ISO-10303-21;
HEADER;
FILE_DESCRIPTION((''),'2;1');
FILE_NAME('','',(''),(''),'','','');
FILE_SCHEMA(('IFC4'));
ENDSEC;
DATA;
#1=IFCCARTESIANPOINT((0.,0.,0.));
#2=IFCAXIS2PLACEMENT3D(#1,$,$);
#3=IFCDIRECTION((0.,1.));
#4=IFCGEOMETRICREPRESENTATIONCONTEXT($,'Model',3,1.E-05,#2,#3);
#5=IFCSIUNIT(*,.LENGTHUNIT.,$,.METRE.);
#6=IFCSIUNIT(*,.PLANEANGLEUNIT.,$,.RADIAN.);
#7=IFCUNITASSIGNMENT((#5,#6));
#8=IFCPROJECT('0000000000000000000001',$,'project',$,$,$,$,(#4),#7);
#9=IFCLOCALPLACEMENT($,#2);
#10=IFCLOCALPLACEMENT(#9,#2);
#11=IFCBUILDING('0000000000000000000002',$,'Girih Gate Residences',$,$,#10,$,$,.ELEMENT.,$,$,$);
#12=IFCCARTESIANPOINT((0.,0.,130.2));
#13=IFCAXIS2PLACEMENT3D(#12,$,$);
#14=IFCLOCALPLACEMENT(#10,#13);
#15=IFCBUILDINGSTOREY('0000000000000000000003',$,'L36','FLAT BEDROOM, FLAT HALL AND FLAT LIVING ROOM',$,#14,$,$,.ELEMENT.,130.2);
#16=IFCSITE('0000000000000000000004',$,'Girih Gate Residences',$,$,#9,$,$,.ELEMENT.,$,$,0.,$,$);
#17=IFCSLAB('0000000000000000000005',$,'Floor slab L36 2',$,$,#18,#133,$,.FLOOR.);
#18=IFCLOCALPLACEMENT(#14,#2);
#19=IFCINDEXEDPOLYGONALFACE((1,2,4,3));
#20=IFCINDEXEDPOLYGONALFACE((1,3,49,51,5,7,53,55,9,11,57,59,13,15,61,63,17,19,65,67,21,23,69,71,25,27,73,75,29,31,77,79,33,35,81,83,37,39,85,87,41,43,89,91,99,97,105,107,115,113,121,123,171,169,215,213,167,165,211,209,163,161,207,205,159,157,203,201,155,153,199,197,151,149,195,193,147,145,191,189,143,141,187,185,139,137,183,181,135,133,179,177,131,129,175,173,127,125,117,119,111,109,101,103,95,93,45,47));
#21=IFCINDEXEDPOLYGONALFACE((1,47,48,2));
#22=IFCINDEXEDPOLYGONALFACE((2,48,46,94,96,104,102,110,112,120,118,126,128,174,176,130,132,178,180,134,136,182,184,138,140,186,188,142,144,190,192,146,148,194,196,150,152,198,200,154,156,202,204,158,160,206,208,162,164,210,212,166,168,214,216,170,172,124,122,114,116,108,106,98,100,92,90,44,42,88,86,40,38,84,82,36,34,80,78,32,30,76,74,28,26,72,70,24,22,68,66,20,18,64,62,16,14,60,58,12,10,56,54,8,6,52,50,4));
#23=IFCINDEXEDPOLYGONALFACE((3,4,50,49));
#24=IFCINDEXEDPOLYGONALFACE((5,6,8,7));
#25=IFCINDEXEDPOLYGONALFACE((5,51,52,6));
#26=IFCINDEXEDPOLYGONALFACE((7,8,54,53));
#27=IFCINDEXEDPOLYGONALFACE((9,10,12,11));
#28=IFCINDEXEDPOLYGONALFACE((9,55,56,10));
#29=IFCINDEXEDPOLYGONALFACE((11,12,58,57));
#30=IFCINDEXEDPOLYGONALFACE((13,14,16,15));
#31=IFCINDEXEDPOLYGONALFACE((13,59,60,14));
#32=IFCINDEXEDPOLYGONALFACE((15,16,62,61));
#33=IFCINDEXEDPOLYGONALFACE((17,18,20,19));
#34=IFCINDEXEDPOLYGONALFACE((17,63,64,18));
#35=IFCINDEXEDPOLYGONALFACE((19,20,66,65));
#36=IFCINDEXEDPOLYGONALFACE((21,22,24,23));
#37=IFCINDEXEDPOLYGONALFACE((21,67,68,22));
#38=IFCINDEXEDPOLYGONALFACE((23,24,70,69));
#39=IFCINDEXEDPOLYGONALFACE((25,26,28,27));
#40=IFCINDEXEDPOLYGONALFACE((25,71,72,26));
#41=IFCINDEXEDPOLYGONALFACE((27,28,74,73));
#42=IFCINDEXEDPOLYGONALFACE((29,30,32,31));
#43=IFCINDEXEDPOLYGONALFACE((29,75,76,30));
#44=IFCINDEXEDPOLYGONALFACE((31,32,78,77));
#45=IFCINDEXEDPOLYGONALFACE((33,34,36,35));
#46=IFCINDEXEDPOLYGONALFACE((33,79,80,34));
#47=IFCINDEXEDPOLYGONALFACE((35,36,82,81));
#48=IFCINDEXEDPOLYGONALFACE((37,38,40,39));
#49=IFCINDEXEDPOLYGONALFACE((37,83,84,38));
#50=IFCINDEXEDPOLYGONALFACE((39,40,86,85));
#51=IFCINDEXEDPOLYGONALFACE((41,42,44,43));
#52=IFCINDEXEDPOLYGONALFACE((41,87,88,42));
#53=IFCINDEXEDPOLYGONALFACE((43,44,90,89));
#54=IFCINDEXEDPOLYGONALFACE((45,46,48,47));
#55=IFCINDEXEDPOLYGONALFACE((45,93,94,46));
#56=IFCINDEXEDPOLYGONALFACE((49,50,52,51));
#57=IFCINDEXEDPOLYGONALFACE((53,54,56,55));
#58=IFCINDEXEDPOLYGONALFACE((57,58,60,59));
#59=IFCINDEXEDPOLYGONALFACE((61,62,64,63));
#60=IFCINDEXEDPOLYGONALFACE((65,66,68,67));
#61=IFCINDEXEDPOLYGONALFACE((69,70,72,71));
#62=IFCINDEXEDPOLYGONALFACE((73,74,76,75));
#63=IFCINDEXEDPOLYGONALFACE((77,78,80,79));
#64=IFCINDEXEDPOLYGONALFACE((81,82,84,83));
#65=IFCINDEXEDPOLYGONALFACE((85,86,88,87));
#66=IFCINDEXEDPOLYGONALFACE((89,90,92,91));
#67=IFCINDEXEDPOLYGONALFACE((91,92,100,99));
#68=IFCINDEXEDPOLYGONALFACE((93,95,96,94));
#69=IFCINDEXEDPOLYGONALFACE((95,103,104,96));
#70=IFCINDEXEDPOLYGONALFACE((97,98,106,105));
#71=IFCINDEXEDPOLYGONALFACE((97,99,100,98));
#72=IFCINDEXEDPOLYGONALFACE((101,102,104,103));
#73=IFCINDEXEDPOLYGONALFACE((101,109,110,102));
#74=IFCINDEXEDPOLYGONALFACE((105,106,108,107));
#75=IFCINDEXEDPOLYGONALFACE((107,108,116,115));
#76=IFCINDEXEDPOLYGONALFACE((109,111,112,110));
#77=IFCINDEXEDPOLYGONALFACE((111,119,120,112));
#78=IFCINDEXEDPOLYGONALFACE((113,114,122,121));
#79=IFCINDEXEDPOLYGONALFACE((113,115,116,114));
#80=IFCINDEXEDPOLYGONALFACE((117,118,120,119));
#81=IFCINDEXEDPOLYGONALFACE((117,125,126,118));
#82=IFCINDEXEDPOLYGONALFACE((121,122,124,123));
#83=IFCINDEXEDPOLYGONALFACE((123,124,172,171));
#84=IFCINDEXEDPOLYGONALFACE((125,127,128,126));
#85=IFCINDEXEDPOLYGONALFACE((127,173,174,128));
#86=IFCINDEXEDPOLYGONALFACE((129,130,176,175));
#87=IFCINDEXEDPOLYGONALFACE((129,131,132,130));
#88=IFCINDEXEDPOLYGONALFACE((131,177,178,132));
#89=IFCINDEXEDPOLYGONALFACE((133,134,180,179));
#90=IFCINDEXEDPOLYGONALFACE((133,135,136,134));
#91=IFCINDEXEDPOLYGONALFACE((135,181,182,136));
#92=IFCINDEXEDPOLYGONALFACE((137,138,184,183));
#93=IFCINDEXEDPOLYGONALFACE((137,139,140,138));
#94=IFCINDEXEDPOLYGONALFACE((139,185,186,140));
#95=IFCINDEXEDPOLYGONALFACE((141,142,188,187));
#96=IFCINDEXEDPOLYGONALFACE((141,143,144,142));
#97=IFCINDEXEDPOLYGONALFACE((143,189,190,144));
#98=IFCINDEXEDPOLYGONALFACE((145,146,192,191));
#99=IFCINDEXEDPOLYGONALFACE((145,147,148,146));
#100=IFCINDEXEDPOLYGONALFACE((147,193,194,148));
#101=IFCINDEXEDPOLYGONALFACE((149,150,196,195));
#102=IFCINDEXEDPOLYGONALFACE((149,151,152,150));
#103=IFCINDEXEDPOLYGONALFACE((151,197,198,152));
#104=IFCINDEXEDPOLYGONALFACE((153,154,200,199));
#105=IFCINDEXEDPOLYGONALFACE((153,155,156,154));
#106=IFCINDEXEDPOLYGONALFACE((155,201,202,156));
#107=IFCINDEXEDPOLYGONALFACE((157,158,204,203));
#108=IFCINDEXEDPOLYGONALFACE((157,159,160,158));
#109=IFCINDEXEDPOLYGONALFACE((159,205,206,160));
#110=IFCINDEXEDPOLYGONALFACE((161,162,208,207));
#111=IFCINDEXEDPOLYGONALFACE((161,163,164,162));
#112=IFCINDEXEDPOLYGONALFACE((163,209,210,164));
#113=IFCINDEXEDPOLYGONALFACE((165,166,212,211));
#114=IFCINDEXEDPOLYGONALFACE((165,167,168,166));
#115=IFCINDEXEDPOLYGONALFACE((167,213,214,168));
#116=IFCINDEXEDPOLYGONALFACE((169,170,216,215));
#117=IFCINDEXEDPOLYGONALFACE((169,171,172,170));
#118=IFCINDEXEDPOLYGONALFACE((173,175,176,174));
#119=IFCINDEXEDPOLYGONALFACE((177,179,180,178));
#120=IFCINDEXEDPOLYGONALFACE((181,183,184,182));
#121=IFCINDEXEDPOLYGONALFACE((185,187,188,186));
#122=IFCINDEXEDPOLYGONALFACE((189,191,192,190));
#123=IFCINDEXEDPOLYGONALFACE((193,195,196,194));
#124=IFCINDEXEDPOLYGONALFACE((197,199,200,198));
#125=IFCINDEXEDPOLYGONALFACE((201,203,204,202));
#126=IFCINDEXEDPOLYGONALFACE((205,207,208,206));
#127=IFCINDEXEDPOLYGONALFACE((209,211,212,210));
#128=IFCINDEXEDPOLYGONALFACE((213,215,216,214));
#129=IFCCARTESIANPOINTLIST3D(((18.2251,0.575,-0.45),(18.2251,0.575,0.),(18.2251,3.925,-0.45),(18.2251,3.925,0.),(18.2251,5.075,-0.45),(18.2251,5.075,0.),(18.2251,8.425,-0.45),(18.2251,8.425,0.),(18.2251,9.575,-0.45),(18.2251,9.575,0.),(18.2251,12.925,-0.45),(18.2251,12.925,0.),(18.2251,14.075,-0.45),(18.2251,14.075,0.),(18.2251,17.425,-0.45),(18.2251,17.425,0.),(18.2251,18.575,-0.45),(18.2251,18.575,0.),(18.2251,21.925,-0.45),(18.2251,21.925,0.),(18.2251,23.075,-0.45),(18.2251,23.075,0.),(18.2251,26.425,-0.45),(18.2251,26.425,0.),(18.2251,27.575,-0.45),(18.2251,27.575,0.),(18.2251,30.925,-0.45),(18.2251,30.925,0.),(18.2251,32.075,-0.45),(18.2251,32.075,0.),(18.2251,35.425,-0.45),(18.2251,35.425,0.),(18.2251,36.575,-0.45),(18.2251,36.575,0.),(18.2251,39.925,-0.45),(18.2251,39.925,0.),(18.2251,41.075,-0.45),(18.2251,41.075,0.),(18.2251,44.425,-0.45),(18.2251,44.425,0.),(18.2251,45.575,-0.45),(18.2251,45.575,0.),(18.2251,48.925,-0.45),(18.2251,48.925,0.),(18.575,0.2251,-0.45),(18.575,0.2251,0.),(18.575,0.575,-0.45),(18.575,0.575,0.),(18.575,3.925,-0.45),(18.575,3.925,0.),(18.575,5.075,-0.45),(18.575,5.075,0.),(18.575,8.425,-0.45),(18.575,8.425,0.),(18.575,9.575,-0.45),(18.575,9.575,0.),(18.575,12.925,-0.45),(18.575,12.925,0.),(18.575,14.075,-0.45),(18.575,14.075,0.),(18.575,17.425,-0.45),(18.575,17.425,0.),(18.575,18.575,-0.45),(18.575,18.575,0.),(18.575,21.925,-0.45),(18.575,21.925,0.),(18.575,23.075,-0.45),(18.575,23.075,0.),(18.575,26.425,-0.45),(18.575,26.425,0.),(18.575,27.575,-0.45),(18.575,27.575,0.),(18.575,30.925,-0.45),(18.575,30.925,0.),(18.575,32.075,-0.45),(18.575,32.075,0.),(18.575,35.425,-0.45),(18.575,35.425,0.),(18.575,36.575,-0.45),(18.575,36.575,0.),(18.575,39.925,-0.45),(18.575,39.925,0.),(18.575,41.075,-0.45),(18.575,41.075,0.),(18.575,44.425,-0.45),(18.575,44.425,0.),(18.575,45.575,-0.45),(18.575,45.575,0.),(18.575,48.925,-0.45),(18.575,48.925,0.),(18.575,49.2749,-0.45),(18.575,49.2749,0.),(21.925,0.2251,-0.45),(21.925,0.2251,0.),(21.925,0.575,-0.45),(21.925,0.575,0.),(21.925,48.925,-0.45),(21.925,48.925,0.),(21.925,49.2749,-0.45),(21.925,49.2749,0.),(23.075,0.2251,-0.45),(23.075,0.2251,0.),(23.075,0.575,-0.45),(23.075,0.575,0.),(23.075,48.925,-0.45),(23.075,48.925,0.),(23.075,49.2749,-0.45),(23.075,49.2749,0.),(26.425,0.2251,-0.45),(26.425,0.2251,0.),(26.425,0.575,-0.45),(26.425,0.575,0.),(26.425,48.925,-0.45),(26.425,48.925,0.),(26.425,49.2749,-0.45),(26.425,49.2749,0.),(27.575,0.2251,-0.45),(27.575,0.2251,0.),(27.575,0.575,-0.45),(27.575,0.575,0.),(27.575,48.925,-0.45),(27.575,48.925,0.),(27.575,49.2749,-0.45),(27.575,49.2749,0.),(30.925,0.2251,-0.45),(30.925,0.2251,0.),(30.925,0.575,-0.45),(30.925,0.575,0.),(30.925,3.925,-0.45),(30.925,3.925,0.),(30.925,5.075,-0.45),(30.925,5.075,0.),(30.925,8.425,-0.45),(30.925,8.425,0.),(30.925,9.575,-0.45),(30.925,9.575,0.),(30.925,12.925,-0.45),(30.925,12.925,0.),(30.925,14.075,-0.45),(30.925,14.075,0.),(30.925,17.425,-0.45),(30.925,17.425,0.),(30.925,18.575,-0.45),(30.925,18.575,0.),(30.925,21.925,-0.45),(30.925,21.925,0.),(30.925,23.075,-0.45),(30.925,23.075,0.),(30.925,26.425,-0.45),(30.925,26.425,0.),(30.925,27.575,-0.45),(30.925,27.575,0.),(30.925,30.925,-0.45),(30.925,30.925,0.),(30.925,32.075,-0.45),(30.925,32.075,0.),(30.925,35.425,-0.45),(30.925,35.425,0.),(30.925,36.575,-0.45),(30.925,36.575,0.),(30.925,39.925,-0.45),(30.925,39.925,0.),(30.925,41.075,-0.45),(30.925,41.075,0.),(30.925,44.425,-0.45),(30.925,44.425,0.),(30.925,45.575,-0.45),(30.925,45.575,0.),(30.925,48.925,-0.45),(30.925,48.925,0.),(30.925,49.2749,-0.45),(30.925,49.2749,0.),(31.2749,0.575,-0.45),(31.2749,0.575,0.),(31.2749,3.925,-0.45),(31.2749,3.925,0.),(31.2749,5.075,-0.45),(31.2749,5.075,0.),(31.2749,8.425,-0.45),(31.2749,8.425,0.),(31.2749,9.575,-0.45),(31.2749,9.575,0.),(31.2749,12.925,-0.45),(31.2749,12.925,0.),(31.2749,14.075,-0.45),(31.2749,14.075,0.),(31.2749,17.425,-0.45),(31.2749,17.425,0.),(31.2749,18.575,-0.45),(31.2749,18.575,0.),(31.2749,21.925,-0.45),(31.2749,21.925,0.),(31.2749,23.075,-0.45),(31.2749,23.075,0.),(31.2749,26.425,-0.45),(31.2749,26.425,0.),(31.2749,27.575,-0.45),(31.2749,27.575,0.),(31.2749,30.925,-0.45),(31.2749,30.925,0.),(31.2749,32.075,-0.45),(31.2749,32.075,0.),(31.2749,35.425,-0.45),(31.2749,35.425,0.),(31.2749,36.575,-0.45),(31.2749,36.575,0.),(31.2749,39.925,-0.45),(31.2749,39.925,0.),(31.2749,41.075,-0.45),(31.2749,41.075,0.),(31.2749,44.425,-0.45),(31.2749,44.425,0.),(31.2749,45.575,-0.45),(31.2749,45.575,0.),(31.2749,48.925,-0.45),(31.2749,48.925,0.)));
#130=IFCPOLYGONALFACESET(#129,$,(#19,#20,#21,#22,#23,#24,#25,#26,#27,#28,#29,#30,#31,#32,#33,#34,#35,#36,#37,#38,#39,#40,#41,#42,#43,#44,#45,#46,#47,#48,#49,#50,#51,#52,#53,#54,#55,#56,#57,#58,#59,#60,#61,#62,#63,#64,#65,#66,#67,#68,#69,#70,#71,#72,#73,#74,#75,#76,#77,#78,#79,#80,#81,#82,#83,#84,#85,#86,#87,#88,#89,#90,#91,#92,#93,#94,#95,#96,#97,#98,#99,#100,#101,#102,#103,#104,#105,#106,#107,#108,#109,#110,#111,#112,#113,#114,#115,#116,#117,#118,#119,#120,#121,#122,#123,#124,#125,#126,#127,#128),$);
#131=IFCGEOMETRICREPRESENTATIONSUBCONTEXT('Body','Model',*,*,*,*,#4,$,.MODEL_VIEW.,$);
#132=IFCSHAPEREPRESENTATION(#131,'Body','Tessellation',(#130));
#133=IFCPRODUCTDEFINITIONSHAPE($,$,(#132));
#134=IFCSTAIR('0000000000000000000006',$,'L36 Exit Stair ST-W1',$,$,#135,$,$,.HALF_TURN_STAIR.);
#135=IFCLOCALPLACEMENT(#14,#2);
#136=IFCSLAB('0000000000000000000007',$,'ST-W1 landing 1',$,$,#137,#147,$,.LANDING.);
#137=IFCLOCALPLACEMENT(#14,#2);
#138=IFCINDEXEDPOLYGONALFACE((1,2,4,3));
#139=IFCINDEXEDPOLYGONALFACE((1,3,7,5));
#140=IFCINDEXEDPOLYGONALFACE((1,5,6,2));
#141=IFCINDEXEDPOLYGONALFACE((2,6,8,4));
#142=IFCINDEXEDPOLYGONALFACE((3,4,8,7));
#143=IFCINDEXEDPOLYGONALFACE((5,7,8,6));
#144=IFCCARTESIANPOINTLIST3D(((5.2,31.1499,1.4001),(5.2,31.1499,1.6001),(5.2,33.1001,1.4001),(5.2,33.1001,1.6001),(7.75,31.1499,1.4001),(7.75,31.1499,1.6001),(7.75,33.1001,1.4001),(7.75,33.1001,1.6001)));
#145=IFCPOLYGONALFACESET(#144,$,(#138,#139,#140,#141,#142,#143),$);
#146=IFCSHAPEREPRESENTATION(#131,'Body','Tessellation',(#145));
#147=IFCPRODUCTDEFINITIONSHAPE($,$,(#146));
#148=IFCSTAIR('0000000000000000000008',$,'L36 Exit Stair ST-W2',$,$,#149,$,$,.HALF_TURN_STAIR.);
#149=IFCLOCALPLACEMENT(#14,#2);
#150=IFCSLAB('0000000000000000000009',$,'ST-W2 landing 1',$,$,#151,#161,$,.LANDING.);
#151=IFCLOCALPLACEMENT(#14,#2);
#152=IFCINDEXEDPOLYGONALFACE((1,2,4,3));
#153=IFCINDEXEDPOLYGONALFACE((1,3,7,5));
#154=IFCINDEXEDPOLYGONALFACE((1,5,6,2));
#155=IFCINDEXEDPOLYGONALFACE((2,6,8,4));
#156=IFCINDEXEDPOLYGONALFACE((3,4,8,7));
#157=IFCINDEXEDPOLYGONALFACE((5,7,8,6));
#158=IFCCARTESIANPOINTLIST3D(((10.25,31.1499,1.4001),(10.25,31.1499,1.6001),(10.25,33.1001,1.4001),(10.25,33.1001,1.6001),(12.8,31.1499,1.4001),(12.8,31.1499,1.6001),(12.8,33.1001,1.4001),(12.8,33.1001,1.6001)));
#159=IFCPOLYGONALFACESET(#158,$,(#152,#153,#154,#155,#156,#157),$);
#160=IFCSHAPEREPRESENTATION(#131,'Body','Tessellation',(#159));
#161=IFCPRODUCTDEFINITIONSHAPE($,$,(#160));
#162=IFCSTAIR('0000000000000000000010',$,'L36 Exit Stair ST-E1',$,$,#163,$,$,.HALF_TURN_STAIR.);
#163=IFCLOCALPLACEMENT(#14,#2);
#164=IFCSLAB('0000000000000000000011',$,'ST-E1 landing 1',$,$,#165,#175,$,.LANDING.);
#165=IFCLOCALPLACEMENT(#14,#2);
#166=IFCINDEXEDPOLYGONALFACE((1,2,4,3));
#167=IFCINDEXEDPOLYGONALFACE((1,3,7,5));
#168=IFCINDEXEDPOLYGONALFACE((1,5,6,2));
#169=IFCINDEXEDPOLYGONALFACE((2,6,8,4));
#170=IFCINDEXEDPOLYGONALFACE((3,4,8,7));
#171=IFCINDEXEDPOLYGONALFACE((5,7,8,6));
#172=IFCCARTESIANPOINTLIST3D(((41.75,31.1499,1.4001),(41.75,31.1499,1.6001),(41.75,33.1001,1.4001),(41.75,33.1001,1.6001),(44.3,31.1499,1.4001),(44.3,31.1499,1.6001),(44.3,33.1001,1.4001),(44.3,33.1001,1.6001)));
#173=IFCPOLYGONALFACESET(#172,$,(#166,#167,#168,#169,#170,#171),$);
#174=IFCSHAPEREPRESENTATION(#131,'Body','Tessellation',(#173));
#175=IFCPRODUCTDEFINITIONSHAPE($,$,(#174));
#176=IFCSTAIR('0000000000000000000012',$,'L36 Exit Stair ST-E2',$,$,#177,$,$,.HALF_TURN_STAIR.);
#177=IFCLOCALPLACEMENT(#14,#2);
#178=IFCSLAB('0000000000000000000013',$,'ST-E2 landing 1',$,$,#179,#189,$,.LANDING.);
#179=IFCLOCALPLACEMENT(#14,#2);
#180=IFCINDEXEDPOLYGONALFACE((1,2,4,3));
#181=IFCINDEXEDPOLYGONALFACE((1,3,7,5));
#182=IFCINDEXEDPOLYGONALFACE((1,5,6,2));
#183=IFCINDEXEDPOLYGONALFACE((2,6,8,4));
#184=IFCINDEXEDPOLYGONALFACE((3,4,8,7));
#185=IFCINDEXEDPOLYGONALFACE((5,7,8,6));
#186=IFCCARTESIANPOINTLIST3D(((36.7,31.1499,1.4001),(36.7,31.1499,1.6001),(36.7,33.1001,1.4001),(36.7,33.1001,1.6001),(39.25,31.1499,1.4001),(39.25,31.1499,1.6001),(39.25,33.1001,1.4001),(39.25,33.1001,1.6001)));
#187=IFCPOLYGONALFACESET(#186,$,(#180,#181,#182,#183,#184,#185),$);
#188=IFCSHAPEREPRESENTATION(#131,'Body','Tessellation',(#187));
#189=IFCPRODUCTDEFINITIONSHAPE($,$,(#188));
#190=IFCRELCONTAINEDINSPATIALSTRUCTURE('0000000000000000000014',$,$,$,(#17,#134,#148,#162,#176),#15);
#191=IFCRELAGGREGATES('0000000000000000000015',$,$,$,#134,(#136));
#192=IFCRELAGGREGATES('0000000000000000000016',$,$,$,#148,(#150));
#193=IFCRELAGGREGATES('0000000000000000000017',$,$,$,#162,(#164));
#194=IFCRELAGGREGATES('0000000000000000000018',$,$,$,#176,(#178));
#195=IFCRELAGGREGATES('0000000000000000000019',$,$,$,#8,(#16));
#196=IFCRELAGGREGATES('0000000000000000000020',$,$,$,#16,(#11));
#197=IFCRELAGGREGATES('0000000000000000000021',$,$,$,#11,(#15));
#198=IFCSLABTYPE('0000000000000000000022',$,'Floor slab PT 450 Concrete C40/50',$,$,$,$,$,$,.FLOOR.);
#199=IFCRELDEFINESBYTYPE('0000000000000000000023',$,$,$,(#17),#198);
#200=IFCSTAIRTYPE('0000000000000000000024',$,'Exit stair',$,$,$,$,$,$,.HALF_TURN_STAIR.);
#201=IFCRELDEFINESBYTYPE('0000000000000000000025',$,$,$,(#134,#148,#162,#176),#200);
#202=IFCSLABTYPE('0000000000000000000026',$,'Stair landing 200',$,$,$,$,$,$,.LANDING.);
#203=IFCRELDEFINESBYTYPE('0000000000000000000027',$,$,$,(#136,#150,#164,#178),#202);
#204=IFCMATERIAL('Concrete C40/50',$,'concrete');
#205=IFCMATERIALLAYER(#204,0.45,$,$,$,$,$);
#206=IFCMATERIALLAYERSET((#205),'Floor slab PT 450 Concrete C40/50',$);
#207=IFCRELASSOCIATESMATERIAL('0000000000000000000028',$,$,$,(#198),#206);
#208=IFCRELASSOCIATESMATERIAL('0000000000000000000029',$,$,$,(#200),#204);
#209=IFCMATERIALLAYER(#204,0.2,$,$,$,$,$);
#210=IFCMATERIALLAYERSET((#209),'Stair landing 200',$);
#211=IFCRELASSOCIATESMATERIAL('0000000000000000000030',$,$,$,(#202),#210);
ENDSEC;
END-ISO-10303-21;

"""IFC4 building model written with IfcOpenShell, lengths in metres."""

from ifc_helpers import new_model, si_unit, direction, frame, origin, place, context, subcontext, project, spatial, polyline, outline, extrude, material, layer, layer_set, type_object, element, aggregate, save


model = new_model("IFC4")

# Units and contexts
model_context = context("Model", 3, precision=1e-05, world=origin(), true_north=direction((0.0, 1.0)))
body_context = subcontext(model_context, "Body", "Model", "MODEL_VIEW")
ifc_project = project(units=[si_unit("LENGTHUNIT", "METRE"), si_unit("PLANEANGLEUNIT", "RADIAN")], contexts=[model_context])

# Site, building, storey
site_placement = place(None, origin())
site = spatial("IfcSite", under=ifc_project, at=site_placement, Name="Girih Gate Residences", CompositionType="ELEMENT", RefElevation=0.0)
building_placement = place(site_placement, origin())
building = spatial("IfcBuilding", under=site, at=building_placement, Name="Girih Gate Residences", CompositionType="ELEMENT")
storey_placement = place(building_placement, frame((0.0, 0.0, 130.2)))
storey = spatial("IfcBuildingStorey", under=building, at=storey_placement, Name="L36", Description="FLAT BEDROOM, FLAT HALL AND FLAT LIVING ROOM", CompositionType="ELEMENT", Elevation=130.2)

# Slab
ifc_material_1 = material(Name="Concrete C40/50", Category="concrete")
ifc_layer_1 = layer(ifc_material_1, 0.45)
ifc_layer_set_1 = layer_set([ifc_layer_1], Name="Floor slab PT 450 Concrete C40/50")
slab_type_1 = type_object("IfcSlabType", Name="Floor slab PT 450 Concrete C40/50", PredefinedType="FLOOR", material=ifc_layer_set_1)
slab_1_placement = place(storey_placement, frame((0.0, 0.0, -0.45)))
element("IfcSlab", 1, at=slab_1_placement, inside=storey, type_object=slab_type_1, Name="Floor slab L36 2", PredefinedType="FLOOR", context=body_context, shape_type="SweptSolid", body=[
    extrude(outline(polyline([(21.925, 49.2749), (18.575, 49.2749), (18.575, 48.925), (18.2251, 48.925), (18.2251, 45.575), (18.575, 45.575), (18.575, 44.425), (18.2251, 44.425), (18.2251, 41.075), (18.575, 41.075), (18.575, 39.925), (18.2251, 39.925), (18.2251, 36.575), (18.575, 36.575), (18.575, 35.425), (18.2251, 35.425), (18.2251, 32.075), (18.575, 32.075), (18.575, 30.925), (18.2251, 30.925), (18.2251, 27.575), (18.575, 27.575), (18.575, 26.425), (18.2251, 26.425), (18.2251, 23.075), (18.575, 23.075), (18.575, 21.925), (18.2251, 21.925), (18.2251, 18.575), (18.575, 18.575), (18.575, 17.425), (18.2251, 17.425), (18.2251, 14.075), (18.575, 14.075), (18.575, 12.925), (18.2251, 12.925), (18.2251, 9.575), (18.575, 9.575), (18.575, 8.425), (18.2251, 8.425), (18.2251, 5.075), (18.575, 5.075), (18.575, 3.925), (18.2251, 3.925), (18.2251, 0.575), (18.575, 0.575), (18.575, 0.2251), (21.925, 0.2251), (21.925, 0.575), (23.075, 0.575), (23.075, 0.2251), (26.425, 0.2251), (26.425, 0.575), (27.575, 0.575), (27.575, 0.2251), (30.925, 0.2251), (30.925, 0.575), (31.2749, 0.575), (31.2749, 3.925), (30.925, 3.925), (30.925, 5.075), (31.2749, 5.075), (31.2749, 8.425), (30.925, 8.425), (30.925, 9.575), (31.2749, 9.575), (31.2749, 12.925), (30.925, 12.925), (30.925, 14.075), (31.2749, 14.075), (31.2749, 17.425), (30.925, 17.425), (30.925, 18.575), (31.2749, 18.575), (31.2749, 21.925), (30.925, 21.925), (30.925, 23.075), (31.2749, 23.075), (31.2749, 26.425), (30.925, 26.425), (30.925, 27.575), (31.2749, 27.575), (31.2749, 30.925), (30.925, 30.925), (30.925, 32.075), (31.2749, 32.075), (31.2749, 35.425), (30.925, 35.425), (30.925, 36.575), (31.2749, 36.575), (31.2749, 39.925), (30.925, 39.925), (30.925, 41.075), (31.2749, 41.075), (31.2749, 44.425), (30.925, 44.425), (30.925, 45.575), (31.2749, 45.575), (31.2749, 48.925), (30.925, 48.925), (30.925, 49.2749), (27.575, 49.2749), (27.575, 48.925), (26.425, 48.925), (26.425, 49.2749), (23.075, 49.2749), (23.075, 48.925), (21.925, 48.925), (21.925, 49.2749)])), origin(), (0.0, 0.0, 1.0), 0.45),
])

# Stairs, slabs
stair_type = type_object("IfcStairType", Name="Exit stair", PredefinedType="HALF_TURN_STAIR", material=ifc_material_1)
stair_1_placement = place(storey_placement, origin())
stair_1 = element("IfcStair", 2, at=stair_1_placement, inside=storey, type_object=stair_type, Name="L36 Exit Stair ST-W1", PredefinedType="HALF_TURN_STAIR")
ifc_layer_2 = layer(ifc_material_1, 0.2)
ifc_layer_set_2 = layer_set([ifc_layer_2], Name="Stair landing 200")
slab_type_2 = type_object("IfcSlabType", Name="Stair landing 200", PredefinedType="LANDING", material=ifc_layer_set_2)
slab_2_placement = place(storey_placement, frame((0.0, 0.0, 1.4001)))
slab_2 = element("IfcSlab", 3, at=slab_2_placement, type_object=slab_type_2, Name="ST-W1 landing 1", PredefinedType="LANDING", context=body_context, shape_type="SweptSolid", body=[
    extrude(outline(polyline([(7.75, 31.1499), (7.75, 33.1001), (5.2, 33.1001), (5.2, 31.1499), (7.75, 31.1499)])), origin(), (0.0, 0.0, 1.0), 0.2),
])
aggregate(stair_1, [slab_2])
stair_2_placement = place(storey_placement, origin())
stair_2 = element("IfcStair", 4, at=stair_2_placement, inside=storey, type_object=stair_type, Name="L36 Exit Stair ST-W2", PredefinedType="HALF_TURN_STAIR")
slab_3_placement = place(storey_placement, frame((0.0, 0.0, 1.4001)))
slab_3 = element("IfcSlab", 5, at=slab_3_placement, type_object=slab_type_2, Name="ST-W2 landing 1", PredefinedType="LANDING", context=body_context, shape_type="SweptSolid", body=[
    extrude(outline(polyline([(12.8, 31.1499), (12.8, 33.1001), (10.25, 33.1001), (10.25, 31.1499), (12.8, 31.1499)])), origin(), (0.0, 0.0, 1.0), 0.2),
])
aggregate(stair_2, [slab_3])
stair_3_placement = place(storey_placement, origin())
stair_3 = element("IfcStair", 6, at=stair_3_placement, inside=storey, type_object=stair_type, Name="L36 Exit Stair ST-E1", PredefinedType="HALF_TURN_STAIR")
slab_4_placement = place(storey_placement, frame((0.0, 0.0, 1.4001)))
slab_4 = element("IfcSlab", 7, at=slab_4_placement, type_object=slab_type_2, Name="ST-E1 landing 1", PredefinedType="LANDING", context=body_context, shape_type="SweptSolid", body=[
    extrude(outline(polyline([(44.3, 31.1499), (44.3, 33.1001), (41.75, 33.1001), (41.75, 31.1499), (44.3, 31.1499)])), origin(), (0.0, 0.0, 1.0), 0.2),
])
aggregate(stair_3, [slab_4])
stair_4_placement = place(storey_placement, origin())
stair_4 = element("IfcStair", 8, at=stair_4_placement, inside=storey, type_object=stair_type, Name="L36 Exit Stair ST-E2", PredefinedType="HALF_TURN_STAIR")
slab_5_placement = place(storey_placement, frame((0.0, 0.0, 1.4001)))
slab_5 = element("IfcSlab", 9, at=slab_5_placement, type_object=slab_type_2, Name="ST-E2 landing 1", PredefinedType="LANDING", context=body_context, shape_type="SweptSolid", body=[
    extrude(outline(polyline([(39.25, 31.1499), (39.25, 33.1001), (36.7, 33.1001), (36.7, 31.1499), (39.25, 31.1499)])), origin(), (0.0, 0.0, 1.0), 0.2),
])
aggregate(stair_4, [slab_5])

save(model, "model.ifc")
